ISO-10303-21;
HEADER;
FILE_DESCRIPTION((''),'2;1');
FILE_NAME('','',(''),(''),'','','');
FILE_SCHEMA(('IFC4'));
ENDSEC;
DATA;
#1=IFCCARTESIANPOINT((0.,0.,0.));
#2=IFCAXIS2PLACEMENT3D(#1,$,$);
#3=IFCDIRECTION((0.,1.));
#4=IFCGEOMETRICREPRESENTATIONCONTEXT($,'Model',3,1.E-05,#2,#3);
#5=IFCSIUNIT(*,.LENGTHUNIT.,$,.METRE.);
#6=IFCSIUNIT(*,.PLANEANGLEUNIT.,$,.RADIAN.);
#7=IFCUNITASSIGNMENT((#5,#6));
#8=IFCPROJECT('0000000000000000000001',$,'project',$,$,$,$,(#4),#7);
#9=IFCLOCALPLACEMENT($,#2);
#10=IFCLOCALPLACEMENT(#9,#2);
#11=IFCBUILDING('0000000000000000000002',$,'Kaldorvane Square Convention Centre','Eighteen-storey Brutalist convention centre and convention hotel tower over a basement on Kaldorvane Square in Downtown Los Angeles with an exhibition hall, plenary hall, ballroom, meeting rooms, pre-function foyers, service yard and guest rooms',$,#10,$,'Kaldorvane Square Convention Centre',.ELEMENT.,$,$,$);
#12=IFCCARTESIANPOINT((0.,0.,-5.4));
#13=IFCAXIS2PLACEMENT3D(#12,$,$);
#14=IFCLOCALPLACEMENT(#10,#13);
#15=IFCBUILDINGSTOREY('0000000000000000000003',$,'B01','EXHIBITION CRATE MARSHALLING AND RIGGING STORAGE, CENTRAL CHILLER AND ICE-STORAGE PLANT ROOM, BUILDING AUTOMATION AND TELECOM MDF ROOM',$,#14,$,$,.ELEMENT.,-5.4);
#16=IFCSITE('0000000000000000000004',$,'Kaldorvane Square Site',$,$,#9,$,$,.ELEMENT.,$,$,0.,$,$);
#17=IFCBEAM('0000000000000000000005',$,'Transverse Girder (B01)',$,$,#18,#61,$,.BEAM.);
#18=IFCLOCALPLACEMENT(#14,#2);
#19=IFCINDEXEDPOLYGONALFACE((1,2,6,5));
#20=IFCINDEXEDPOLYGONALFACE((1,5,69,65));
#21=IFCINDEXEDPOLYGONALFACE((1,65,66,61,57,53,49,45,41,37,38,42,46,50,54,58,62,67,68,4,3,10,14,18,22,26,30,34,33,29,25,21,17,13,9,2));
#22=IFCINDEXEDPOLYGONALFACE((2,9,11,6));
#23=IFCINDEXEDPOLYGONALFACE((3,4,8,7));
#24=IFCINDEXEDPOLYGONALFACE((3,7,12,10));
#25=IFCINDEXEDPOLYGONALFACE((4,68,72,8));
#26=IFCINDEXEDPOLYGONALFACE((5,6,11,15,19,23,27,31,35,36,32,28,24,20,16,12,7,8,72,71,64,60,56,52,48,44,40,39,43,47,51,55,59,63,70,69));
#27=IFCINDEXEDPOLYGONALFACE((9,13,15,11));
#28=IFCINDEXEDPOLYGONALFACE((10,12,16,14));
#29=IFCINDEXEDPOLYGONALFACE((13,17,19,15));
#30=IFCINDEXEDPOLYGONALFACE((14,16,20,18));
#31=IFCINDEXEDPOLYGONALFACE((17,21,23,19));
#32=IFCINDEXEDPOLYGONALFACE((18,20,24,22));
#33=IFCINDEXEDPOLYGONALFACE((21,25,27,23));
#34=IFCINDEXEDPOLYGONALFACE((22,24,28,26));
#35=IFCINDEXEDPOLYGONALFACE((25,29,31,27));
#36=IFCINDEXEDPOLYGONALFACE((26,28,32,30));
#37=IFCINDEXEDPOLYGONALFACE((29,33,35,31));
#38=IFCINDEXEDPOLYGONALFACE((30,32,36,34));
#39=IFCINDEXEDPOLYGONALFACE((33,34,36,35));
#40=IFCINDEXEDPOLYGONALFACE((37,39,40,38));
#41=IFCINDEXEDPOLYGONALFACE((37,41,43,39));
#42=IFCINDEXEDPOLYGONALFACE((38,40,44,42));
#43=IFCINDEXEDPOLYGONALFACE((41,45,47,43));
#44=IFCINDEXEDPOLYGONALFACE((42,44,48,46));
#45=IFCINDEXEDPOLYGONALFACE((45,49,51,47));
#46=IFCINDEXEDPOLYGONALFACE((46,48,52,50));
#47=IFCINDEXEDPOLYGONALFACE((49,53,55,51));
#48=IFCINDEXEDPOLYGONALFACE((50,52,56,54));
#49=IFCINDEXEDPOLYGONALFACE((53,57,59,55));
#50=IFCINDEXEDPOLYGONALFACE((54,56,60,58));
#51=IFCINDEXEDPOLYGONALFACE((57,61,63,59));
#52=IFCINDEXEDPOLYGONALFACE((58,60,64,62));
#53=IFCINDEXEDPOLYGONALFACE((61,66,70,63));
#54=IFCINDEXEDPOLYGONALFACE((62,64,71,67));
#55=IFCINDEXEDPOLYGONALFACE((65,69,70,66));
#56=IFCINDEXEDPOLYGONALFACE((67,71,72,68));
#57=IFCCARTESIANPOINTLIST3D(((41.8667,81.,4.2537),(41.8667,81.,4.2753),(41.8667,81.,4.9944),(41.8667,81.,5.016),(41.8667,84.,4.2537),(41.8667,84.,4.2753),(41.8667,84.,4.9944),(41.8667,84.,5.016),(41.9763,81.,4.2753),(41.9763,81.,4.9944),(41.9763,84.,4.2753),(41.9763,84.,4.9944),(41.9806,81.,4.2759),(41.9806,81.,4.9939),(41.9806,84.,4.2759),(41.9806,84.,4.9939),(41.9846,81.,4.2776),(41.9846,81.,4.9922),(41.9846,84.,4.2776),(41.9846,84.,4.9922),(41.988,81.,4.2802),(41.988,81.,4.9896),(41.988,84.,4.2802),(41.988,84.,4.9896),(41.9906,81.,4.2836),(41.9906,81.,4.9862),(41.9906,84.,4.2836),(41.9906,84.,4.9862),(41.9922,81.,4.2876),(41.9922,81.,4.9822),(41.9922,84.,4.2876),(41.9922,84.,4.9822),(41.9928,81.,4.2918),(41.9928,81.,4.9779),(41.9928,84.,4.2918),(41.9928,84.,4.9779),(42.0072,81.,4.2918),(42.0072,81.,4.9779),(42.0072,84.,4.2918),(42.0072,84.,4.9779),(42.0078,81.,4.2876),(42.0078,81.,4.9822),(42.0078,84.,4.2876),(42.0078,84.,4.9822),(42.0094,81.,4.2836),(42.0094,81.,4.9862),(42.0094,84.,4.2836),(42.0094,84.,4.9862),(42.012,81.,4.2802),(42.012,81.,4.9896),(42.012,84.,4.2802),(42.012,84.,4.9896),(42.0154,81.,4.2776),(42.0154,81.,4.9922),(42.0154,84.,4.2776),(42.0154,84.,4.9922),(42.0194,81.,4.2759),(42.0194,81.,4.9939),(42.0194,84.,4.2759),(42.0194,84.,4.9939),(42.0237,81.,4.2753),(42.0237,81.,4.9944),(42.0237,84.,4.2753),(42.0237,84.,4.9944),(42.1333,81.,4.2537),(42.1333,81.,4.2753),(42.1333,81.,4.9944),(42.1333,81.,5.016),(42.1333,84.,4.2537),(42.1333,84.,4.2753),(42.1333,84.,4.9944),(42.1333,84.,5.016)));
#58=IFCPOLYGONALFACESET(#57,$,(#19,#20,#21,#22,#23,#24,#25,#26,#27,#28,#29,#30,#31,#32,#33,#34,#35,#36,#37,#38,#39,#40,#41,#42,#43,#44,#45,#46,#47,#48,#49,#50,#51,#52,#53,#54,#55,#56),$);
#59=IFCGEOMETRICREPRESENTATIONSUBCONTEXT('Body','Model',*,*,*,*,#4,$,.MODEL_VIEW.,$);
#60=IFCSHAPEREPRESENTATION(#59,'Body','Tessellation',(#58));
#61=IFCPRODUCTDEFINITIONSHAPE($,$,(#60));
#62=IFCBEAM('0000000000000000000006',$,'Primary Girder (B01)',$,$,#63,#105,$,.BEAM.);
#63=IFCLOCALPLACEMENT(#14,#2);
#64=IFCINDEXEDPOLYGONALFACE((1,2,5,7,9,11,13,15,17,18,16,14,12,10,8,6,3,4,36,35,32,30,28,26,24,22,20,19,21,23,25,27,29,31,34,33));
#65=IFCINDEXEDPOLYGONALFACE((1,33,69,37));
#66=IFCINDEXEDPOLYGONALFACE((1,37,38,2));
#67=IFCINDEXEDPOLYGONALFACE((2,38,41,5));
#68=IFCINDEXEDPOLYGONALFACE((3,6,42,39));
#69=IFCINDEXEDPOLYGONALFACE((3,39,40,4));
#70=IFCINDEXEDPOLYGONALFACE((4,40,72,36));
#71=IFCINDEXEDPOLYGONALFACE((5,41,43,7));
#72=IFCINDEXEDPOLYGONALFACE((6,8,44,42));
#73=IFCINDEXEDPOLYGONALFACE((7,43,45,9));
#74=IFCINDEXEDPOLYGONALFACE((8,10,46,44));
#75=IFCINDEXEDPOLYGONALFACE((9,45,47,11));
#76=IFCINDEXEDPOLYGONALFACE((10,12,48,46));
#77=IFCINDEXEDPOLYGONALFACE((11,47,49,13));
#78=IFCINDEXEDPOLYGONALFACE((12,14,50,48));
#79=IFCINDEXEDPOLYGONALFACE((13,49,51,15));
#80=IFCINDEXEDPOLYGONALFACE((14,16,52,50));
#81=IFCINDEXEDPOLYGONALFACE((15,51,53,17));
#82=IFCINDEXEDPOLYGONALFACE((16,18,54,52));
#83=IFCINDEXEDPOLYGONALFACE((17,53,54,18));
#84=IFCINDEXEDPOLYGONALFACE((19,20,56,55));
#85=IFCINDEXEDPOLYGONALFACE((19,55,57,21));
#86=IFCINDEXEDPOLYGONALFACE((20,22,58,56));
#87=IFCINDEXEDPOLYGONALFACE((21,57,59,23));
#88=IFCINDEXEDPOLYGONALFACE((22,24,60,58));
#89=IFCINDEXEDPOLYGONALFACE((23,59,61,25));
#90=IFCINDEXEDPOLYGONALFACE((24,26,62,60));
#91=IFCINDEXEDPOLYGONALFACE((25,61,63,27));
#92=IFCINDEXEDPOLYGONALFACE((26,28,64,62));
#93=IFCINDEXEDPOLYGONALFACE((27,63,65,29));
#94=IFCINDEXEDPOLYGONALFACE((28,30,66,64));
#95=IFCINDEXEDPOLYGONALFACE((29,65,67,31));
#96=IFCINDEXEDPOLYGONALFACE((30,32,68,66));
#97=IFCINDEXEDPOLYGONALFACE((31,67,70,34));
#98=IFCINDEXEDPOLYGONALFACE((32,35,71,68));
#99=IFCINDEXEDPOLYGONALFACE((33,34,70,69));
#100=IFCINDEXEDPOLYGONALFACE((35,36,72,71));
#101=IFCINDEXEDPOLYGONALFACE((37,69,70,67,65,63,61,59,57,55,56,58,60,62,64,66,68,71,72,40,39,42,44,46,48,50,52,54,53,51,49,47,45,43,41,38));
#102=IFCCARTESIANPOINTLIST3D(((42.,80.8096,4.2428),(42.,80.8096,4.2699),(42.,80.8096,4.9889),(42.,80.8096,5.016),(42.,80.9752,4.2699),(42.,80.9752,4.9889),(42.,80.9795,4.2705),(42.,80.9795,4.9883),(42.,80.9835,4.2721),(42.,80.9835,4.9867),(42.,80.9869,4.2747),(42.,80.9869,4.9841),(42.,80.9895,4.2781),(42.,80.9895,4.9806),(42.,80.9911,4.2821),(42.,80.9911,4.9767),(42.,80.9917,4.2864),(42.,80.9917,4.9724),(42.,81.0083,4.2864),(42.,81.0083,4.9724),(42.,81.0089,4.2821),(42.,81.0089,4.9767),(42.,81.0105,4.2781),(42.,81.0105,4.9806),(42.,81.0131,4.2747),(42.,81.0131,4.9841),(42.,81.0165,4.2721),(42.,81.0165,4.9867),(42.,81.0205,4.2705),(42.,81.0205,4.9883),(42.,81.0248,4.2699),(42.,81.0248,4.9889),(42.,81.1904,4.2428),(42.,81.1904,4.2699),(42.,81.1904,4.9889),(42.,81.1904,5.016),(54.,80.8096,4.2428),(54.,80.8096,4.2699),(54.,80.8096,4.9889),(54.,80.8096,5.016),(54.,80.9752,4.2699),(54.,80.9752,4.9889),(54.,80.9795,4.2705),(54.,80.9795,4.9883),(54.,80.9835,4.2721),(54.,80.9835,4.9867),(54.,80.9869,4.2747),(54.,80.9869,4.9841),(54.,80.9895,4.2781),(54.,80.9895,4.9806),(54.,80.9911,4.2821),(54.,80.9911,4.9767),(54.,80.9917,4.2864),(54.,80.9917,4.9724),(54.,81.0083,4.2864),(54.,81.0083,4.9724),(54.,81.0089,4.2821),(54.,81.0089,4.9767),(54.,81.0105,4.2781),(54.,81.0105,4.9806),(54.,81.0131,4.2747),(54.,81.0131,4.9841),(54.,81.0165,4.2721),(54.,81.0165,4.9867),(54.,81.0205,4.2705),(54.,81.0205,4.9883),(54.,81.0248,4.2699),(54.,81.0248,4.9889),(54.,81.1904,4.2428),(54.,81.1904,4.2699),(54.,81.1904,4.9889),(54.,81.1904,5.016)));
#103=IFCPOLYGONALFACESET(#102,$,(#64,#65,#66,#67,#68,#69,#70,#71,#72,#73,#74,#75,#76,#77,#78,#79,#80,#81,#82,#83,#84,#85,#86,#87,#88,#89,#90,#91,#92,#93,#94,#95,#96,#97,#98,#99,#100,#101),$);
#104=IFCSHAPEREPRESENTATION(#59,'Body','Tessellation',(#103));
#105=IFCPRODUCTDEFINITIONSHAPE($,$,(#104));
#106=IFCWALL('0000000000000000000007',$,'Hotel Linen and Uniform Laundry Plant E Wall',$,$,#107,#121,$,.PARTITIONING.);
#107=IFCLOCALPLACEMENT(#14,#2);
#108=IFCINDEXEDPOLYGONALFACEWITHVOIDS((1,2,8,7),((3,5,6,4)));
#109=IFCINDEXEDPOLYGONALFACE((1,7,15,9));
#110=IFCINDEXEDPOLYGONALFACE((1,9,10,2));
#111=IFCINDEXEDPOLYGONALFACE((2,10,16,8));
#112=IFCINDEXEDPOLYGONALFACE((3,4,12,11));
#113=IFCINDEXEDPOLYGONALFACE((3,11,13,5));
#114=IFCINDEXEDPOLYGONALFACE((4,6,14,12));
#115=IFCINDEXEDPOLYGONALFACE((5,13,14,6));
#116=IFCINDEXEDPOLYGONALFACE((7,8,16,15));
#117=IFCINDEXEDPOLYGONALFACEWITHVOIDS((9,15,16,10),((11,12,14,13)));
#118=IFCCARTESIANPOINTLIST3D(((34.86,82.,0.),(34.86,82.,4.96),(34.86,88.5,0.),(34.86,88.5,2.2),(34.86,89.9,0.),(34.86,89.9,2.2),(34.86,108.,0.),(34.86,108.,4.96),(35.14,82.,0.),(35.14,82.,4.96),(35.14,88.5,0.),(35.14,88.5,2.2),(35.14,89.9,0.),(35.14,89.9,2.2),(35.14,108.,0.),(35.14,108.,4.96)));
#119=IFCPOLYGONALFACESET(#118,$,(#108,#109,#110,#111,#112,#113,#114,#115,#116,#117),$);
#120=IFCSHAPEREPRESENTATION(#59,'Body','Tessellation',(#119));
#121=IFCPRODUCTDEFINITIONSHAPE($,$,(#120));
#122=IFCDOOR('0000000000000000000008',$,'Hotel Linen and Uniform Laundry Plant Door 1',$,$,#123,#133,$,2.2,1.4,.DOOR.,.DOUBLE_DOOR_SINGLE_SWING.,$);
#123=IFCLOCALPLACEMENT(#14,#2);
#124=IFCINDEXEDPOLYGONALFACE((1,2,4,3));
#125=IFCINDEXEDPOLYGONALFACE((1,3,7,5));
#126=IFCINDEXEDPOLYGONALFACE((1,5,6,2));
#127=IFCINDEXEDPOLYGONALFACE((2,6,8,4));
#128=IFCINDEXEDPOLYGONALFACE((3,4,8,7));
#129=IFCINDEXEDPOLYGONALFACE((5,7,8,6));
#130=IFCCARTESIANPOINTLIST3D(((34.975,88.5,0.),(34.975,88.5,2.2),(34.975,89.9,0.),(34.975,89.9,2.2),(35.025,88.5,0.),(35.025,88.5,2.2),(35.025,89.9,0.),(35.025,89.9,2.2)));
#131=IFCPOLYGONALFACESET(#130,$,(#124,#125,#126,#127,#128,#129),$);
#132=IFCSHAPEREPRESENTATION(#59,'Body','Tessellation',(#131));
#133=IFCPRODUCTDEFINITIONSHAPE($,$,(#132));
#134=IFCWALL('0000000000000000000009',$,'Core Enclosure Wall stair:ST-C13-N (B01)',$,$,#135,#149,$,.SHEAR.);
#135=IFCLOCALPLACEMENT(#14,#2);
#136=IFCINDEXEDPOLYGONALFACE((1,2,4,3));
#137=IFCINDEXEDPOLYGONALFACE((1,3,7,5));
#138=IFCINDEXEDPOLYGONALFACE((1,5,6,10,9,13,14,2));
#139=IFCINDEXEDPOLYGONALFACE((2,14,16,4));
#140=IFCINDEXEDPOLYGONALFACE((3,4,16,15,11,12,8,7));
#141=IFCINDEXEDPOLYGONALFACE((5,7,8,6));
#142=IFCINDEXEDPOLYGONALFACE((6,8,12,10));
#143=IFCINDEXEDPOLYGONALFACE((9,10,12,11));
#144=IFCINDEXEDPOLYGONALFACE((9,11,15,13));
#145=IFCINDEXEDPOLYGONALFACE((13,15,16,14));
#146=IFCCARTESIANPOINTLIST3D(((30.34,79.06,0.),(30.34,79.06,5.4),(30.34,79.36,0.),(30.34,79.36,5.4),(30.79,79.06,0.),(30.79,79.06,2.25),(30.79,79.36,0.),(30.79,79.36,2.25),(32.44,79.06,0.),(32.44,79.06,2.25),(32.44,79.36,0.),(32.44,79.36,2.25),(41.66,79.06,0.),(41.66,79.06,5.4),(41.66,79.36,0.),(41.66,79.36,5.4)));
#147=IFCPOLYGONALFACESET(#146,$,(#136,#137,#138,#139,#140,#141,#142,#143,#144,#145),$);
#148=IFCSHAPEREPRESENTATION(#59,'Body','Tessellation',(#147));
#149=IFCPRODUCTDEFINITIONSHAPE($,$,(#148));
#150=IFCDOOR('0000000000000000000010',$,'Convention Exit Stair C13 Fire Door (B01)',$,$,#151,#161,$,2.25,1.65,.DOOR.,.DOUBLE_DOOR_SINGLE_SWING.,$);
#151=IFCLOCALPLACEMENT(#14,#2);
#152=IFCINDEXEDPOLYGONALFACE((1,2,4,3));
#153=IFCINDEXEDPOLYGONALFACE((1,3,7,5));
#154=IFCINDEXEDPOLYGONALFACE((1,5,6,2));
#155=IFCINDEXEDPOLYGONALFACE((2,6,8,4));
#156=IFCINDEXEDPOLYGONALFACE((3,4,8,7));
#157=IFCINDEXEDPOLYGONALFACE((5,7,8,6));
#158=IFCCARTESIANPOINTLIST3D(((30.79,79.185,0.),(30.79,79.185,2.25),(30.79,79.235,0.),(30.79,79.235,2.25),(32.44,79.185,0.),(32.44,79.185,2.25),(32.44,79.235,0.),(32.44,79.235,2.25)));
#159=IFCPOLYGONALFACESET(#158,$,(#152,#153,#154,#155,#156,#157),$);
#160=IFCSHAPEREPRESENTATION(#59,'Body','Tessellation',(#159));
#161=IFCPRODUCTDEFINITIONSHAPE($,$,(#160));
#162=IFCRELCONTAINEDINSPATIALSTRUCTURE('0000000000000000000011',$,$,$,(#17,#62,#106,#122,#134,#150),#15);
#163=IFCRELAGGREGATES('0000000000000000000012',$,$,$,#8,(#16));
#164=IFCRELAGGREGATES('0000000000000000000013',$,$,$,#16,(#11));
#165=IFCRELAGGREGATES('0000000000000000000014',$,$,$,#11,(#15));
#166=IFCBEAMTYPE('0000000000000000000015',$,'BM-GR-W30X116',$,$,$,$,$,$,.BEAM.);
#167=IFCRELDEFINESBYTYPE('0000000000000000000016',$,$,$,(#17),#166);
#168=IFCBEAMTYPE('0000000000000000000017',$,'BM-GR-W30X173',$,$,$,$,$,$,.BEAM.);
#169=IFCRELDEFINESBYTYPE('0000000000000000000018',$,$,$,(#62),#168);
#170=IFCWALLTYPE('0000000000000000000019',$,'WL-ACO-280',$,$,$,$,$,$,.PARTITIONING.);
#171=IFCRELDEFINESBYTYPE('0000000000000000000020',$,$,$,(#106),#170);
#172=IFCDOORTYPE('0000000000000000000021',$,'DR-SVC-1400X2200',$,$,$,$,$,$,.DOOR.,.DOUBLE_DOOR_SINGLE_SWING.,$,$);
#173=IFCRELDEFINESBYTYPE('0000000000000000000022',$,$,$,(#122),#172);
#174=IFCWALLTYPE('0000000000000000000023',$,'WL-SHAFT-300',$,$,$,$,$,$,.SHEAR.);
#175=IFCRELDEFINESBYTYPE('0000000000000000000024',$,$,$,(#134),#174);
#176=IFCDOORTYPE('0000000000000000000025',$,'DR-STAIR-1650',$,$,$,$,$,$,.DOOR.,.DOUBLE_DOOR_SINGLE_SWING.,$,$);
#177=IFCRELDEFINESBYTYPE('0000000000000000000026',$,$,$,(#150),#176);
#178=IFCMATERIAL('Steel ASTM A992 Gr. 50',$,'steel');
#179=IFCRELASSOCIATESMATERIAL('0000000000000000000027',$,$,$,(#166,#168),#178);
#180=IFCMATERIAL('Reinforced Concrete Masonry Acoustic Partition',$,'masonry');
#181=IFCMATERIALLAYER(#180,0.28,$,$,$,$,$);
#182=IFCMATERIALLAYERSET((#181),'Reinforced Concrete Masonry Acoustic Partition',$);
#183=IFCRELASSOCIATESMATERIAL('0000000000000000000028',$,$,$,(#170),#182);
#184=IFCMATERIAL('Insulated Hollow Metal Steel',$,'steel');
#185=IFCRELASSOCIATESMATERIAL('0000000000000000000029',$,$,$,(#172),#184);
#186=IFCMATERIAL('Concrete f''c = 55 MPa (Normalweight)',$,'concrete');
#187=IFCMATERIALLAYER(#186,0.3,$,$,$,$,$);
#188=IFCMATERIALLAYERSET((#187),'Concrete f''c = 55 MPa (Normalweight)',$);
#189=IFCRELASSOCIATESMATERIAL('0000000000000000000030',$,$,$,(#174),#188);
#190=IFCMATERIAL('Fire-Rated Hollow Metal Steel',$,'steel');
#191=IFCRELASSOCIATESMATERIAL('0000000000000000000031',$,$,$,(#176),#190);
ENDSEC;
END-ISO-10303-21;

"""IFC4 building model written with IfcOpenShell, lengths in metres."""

from ifc_helpers import new_model, si_unit, direction, frame, frame_2d, origin, origin_2d, place, context, subcontext, project, spatial, rectangle, i_section, extrude, material, layer, layer_set, material_profile, profile_set, type_object, element, fill, save


model = new_model("IFC4")

# Units and contexts
model_context = context("Model", 3, precision=1e-05, world=origin(), true_north=direction((0.0, 1.0)))
body_context = subcontext(model_context, "Body", "Model", "MODEL_VIEW")
ifc_project = project(units=[si_unit("LENGTHUNIT", "METRE"), si_unit("PLANEANGLEUNIT", "RADIAN")], contexts=[model_context])

# Site, building, storey
site_placement = place(None, origin())
site = spatial("IfcSite", under=ifc_project, at=site_placement, Name="Kaldorvane Square Site", CompositionType="ELEMENT", RefElevation=0.0)
building_placement = place(site_placement, origin())
building = spatial("IfcBuilding", under=site, at=building_placement, Name="Kaldorvane Square Convention Centre", Description="Eighteen-storey Brutalist convention centre and convention hotel tower over a basement on Kaldorvane Square in Downtown Los Angeles with an exhibition hall, plenary hall, ballroom, meeting rooms, pre-function foyers, service yard and guest rooms", LongName="Kaldorvane Square Convention Centre", CompositionType="ELEMENT")
storey_placement = place(building_placement, frame((0.0, 0.0, -5.4)))
storey = spatial("IfcBuildingStorey", under=building, at=storey_placement, Name="B01", Description="EXHIBITION CRATE MARSHALLING AND RIGGING STORAGE, CENTRAL CHILLER AND ICE-STORAGE PLANT ROOM, BUILDING AUTOMATION AND TELECOM MDF ROOM", CompositionType="ELEMENT", Elevation=-5.4)

# Shared definitions
ifc_material_1 = material(Name="Steel ASTM A992 Gr. 50", Category="steel")

# Beams
ifc_material_profile_1 = material_profile(ifc_material_1, i_section(OverallWidth=0.2666, OverallDepth=0.7623, WebThickness=0.0144, FlangeThickness=0.0216, FilletRadius=0.0165, at=origin_2d()), Name="W30X116")
ifc_profile_set_1 = profile_set([ifc_material_profile_1], Name="Steel ASTM A992 Gr. 50")
beam_type_1 = type_object("IfcBeamType", Name="BM-GR-W30X116", PredefinedType="BEAM", material=ifc_profile_set_1)
beam_1_placement = place(storey_placement, frame((42.0, 81.0, 4.6349), z_axis=(0.0, 1.0, 0.0), x_axis=(-1.0, 0.0, 0.0)))
element("IfcBeam", 1, at=beam_1_placement, inside=storey, type_object=beam_type_1, Name="Transverse Girder (B01)", PredefinedType="BEAM", context=body_context, shape_type="SweptSolid", body=[
    extrude(i_section(OverallWidth=0.2666, OverallDepth=0.7623, WebThickness=0.0144, FlangeThickness=0.0216, FilletRadius=0.0165, at=origin_2d()), origin(), (0.0, 0.0, 1.0), 3.0),
])
ifc_material_profile_2 = material_profile(ifc_material_1, i_section(OverallWidth=0.3807, OverallDepth=0.7732, WebThickness=0.0166, FlangeThickness=0.0271, FilletRadius=0.0165, at=origin_2d()), Name="W30X173")
ifc_profile_set_2 = profile_set([ifc_material_profile_2], Name="Steel ASTM A992 Gr. 50")
beam_type_2 = type_object("IfcBeamType", Name="BM-GR-W30X173", PredefinedType="BEAM", material=ifc_profile_set_2)
beam_2_placement = place(storey_placement, frame((42.0, 81.0, 4.6294), z_axis=(1.0, 0.0, 0.0), x_axis=(0.0, 1.0, 0.0)))
element("IfcBeam", 2, at=beam_2_placement, inside=storey, type_object=beam_type_2, Name="Primary Girder (B01)", PredefinedType="BEAM", context=body_context, shape_type="SweptSolid", body=[
    extrude(i_section(OverallWidth=0.3807, OverallDepth=0.7732, WebThickness=0.0166, FlangeThickness=0.0271, FilletRadius=0.0165, at=origin_2d()), origin(), (0.0, 0.0, 1.0), 12.0),
])

# Walls, openings, doors
ifc_material_2 = material(Name="Reinforced Concrete Masonry Acoustic Partition", Category="masonry")
ifc_layer_1 = layer(ifc_material_2, 0.28)
ifc_layer_set_1 = layer_set([ifc_layer_1], Name="Reinforced Concrete Masonry Acoustic Partition")
wall_type_1 = type_object("IfcWallType", Name="WL-ACO-280", PredefinedType="PARTITIONING", material=ifc_layer_set_1)
wall_1_placement = place(storey_placement, frame((35.0, 82.0, 0.0), z_axis=(0.0, 0.0, 1.0), x_axis=(0.0, 1.0, 0.0)))
wall_1 = element("IfcWall", 3, at=wall_1_placement, inside=storey, type_object=wall_type_1, Name="Hotel Linen and Uniform Laundry Plant E Wall", PredefinedType="PARTITIONING", context=body_context, shape_type="SweptSolid", body=[
    extrude(rectangle(XDim=26.0, YDim=0.28, at=frame_2d((13.0, 0.0))), origin(), (0.0, 0.0, 1.0), 4.96),
])
opening_1_placement = place(wall_1_placement, frame((6.5, 0.0, 0.0)))
opening_1 = element("IfcOpeningElement", 4, at=opening_1_placement, cuts=wall_1, PredefinedType="OPENING", context=body_context, shape_type="SweptSolid", body=[
    extrude(rectangle(XDim=1.4, YDim=2.2, at=frame_2d((0.7, 1.1))), frame((0.0, 0.155, 0.0), z_axis=(0.0, -1.0, 0.0), x_axis=(1.0, 0.0, 0.0)), (0.0, 0.0, 1.0), 0.31),
])
ifc_material_3 = material(Name="Insulated Hollow Metal Steel", Category="steel")
door_type_1 = type_object("IfcDoorType", Name="DR-SVC-1400X2200", OperationType="DOUBLE_DOOR_SINGLE_SWING", PredefinedType="DOOR", material=ifc_material_3)
door_1_placement = place(opening_1_placement, origin())
door_1 = element("IfcDoor", 5, at=door_1_placement, inside=storey, type_object=door_type_1, Name="Hotel Linen and Uniform Laundry Plant Door 1", OperationType="DOUBLE_DOOR_SINGLE_SWING", OverallHeight=2.2, OverallWidth=1.4, PredefinedType="DOOR", context=body_context, shape_type="SweptSolid", body=[
    extrude(rectangle(XDim=1.4, YDim=2.2, at=frame_2d((0.7, 1.1))), frame((0.0, 0.025, 0.0), z_axis=(0.0, -1.0, 0.0), x_axis=(1.0, 0.0, 0.0)), (0.0, 0.0, 1.0), 0.05),
])
fill(opening_1, door_1)
ifc_material_4 = material(Name="Concrete f'c = 55 MPa (Normalweight)", Category="concrete")
ifc_layer_2 = layer(ifc_material_4, 0.3)
ifc_layer_set_2 = layer_set([ifc_layer_2], Name="Concrete f'c = 55 MPa (Normalweight)")
wall_type_2 = type_object("IfcWallType", Name="WL-SHAFT-300", PredefinedType="SHEAR", material=ifc_layer_set_2)
wall_2_placement = place(storey_placement, frame((41.66, 79.21, 0.0), z_axis=(0.0, 0.0, 1.0), x_axis=(-1.0, 0.0, 0.0)))
wall_2 = element("IfcWall", 6, at=wall_2_placement, inside=storey, type_object=wall_type_2, Name="Core Enclosure Wall stair:ST-C13-N (B01)", PredefinedType="SHEAR", context=body_context, shape_type="SweptSolid", body=[
    extrude(rectangle(XDim=11.32, YDim=0.3, at=frame_2d((5.66, 0.0))), origin(), (0.0, 0.0, 1.0), 5.4),
])
opening_2_placement = place(wall_2_placement, frame((9.22, 0.0, 0.0)))
opening_2 = element("IfcOpeningElement", 7, at=opening_2_placement, cuts=wall_2, PredefinedType="OPENING", context=body_context, shape_type="SweptSolid", body=[
    extrude(rectangle(XDim=1.65, YDim=2.25, at=frame_2d((0.825, 1.125))), frame((0.0, 0.165, 0.0), z_axis=(0.0, -1.0, 0.0), x_axis=(1.0, 0.0, 0.0)), (0.0, 0.0, 1.0), 0.33),
])
ifc_material_5 = material(Name="Fire-Rated Hollow Metal Steel", Category="steel")
door_type_2 = type_object("IfcDoorType", Name="DR-STAIR-1650", OperationType="DOUBLE_DOOR_SINGLE_SWING", PredefinedType="DOOR", material=ifc_material_5)
door_2_placement = place(opening_2_placement, origin())
door_2 = element("IfcDoor", 8, at=door_2_placement, inside=storey, type_object=door_type_2, Name="Convention Exit Stair C13 Fire Door (B01)", OperationType="DOUBLE_DOOR_SINGLE_SWING", OverallHeight=2.25, OverallWidth=1.65, PredefinedType="DOOR", context=body_context, shape_type="SweptSolid", body=[
    extrude(rectangle(XDim=1.65, YDim=2.25, at=frame_2d((0.825, 1.125))), frame((0.0, 0.025, 0.0), z_axis=(0.0, -1.0, 0.0), x_axis=(1.0, 0.0, 0.0)), (0.0, 0.0, 1.0), 0.05),
])
fill(opening_2, door_2)

save(model, "model.ifc")
